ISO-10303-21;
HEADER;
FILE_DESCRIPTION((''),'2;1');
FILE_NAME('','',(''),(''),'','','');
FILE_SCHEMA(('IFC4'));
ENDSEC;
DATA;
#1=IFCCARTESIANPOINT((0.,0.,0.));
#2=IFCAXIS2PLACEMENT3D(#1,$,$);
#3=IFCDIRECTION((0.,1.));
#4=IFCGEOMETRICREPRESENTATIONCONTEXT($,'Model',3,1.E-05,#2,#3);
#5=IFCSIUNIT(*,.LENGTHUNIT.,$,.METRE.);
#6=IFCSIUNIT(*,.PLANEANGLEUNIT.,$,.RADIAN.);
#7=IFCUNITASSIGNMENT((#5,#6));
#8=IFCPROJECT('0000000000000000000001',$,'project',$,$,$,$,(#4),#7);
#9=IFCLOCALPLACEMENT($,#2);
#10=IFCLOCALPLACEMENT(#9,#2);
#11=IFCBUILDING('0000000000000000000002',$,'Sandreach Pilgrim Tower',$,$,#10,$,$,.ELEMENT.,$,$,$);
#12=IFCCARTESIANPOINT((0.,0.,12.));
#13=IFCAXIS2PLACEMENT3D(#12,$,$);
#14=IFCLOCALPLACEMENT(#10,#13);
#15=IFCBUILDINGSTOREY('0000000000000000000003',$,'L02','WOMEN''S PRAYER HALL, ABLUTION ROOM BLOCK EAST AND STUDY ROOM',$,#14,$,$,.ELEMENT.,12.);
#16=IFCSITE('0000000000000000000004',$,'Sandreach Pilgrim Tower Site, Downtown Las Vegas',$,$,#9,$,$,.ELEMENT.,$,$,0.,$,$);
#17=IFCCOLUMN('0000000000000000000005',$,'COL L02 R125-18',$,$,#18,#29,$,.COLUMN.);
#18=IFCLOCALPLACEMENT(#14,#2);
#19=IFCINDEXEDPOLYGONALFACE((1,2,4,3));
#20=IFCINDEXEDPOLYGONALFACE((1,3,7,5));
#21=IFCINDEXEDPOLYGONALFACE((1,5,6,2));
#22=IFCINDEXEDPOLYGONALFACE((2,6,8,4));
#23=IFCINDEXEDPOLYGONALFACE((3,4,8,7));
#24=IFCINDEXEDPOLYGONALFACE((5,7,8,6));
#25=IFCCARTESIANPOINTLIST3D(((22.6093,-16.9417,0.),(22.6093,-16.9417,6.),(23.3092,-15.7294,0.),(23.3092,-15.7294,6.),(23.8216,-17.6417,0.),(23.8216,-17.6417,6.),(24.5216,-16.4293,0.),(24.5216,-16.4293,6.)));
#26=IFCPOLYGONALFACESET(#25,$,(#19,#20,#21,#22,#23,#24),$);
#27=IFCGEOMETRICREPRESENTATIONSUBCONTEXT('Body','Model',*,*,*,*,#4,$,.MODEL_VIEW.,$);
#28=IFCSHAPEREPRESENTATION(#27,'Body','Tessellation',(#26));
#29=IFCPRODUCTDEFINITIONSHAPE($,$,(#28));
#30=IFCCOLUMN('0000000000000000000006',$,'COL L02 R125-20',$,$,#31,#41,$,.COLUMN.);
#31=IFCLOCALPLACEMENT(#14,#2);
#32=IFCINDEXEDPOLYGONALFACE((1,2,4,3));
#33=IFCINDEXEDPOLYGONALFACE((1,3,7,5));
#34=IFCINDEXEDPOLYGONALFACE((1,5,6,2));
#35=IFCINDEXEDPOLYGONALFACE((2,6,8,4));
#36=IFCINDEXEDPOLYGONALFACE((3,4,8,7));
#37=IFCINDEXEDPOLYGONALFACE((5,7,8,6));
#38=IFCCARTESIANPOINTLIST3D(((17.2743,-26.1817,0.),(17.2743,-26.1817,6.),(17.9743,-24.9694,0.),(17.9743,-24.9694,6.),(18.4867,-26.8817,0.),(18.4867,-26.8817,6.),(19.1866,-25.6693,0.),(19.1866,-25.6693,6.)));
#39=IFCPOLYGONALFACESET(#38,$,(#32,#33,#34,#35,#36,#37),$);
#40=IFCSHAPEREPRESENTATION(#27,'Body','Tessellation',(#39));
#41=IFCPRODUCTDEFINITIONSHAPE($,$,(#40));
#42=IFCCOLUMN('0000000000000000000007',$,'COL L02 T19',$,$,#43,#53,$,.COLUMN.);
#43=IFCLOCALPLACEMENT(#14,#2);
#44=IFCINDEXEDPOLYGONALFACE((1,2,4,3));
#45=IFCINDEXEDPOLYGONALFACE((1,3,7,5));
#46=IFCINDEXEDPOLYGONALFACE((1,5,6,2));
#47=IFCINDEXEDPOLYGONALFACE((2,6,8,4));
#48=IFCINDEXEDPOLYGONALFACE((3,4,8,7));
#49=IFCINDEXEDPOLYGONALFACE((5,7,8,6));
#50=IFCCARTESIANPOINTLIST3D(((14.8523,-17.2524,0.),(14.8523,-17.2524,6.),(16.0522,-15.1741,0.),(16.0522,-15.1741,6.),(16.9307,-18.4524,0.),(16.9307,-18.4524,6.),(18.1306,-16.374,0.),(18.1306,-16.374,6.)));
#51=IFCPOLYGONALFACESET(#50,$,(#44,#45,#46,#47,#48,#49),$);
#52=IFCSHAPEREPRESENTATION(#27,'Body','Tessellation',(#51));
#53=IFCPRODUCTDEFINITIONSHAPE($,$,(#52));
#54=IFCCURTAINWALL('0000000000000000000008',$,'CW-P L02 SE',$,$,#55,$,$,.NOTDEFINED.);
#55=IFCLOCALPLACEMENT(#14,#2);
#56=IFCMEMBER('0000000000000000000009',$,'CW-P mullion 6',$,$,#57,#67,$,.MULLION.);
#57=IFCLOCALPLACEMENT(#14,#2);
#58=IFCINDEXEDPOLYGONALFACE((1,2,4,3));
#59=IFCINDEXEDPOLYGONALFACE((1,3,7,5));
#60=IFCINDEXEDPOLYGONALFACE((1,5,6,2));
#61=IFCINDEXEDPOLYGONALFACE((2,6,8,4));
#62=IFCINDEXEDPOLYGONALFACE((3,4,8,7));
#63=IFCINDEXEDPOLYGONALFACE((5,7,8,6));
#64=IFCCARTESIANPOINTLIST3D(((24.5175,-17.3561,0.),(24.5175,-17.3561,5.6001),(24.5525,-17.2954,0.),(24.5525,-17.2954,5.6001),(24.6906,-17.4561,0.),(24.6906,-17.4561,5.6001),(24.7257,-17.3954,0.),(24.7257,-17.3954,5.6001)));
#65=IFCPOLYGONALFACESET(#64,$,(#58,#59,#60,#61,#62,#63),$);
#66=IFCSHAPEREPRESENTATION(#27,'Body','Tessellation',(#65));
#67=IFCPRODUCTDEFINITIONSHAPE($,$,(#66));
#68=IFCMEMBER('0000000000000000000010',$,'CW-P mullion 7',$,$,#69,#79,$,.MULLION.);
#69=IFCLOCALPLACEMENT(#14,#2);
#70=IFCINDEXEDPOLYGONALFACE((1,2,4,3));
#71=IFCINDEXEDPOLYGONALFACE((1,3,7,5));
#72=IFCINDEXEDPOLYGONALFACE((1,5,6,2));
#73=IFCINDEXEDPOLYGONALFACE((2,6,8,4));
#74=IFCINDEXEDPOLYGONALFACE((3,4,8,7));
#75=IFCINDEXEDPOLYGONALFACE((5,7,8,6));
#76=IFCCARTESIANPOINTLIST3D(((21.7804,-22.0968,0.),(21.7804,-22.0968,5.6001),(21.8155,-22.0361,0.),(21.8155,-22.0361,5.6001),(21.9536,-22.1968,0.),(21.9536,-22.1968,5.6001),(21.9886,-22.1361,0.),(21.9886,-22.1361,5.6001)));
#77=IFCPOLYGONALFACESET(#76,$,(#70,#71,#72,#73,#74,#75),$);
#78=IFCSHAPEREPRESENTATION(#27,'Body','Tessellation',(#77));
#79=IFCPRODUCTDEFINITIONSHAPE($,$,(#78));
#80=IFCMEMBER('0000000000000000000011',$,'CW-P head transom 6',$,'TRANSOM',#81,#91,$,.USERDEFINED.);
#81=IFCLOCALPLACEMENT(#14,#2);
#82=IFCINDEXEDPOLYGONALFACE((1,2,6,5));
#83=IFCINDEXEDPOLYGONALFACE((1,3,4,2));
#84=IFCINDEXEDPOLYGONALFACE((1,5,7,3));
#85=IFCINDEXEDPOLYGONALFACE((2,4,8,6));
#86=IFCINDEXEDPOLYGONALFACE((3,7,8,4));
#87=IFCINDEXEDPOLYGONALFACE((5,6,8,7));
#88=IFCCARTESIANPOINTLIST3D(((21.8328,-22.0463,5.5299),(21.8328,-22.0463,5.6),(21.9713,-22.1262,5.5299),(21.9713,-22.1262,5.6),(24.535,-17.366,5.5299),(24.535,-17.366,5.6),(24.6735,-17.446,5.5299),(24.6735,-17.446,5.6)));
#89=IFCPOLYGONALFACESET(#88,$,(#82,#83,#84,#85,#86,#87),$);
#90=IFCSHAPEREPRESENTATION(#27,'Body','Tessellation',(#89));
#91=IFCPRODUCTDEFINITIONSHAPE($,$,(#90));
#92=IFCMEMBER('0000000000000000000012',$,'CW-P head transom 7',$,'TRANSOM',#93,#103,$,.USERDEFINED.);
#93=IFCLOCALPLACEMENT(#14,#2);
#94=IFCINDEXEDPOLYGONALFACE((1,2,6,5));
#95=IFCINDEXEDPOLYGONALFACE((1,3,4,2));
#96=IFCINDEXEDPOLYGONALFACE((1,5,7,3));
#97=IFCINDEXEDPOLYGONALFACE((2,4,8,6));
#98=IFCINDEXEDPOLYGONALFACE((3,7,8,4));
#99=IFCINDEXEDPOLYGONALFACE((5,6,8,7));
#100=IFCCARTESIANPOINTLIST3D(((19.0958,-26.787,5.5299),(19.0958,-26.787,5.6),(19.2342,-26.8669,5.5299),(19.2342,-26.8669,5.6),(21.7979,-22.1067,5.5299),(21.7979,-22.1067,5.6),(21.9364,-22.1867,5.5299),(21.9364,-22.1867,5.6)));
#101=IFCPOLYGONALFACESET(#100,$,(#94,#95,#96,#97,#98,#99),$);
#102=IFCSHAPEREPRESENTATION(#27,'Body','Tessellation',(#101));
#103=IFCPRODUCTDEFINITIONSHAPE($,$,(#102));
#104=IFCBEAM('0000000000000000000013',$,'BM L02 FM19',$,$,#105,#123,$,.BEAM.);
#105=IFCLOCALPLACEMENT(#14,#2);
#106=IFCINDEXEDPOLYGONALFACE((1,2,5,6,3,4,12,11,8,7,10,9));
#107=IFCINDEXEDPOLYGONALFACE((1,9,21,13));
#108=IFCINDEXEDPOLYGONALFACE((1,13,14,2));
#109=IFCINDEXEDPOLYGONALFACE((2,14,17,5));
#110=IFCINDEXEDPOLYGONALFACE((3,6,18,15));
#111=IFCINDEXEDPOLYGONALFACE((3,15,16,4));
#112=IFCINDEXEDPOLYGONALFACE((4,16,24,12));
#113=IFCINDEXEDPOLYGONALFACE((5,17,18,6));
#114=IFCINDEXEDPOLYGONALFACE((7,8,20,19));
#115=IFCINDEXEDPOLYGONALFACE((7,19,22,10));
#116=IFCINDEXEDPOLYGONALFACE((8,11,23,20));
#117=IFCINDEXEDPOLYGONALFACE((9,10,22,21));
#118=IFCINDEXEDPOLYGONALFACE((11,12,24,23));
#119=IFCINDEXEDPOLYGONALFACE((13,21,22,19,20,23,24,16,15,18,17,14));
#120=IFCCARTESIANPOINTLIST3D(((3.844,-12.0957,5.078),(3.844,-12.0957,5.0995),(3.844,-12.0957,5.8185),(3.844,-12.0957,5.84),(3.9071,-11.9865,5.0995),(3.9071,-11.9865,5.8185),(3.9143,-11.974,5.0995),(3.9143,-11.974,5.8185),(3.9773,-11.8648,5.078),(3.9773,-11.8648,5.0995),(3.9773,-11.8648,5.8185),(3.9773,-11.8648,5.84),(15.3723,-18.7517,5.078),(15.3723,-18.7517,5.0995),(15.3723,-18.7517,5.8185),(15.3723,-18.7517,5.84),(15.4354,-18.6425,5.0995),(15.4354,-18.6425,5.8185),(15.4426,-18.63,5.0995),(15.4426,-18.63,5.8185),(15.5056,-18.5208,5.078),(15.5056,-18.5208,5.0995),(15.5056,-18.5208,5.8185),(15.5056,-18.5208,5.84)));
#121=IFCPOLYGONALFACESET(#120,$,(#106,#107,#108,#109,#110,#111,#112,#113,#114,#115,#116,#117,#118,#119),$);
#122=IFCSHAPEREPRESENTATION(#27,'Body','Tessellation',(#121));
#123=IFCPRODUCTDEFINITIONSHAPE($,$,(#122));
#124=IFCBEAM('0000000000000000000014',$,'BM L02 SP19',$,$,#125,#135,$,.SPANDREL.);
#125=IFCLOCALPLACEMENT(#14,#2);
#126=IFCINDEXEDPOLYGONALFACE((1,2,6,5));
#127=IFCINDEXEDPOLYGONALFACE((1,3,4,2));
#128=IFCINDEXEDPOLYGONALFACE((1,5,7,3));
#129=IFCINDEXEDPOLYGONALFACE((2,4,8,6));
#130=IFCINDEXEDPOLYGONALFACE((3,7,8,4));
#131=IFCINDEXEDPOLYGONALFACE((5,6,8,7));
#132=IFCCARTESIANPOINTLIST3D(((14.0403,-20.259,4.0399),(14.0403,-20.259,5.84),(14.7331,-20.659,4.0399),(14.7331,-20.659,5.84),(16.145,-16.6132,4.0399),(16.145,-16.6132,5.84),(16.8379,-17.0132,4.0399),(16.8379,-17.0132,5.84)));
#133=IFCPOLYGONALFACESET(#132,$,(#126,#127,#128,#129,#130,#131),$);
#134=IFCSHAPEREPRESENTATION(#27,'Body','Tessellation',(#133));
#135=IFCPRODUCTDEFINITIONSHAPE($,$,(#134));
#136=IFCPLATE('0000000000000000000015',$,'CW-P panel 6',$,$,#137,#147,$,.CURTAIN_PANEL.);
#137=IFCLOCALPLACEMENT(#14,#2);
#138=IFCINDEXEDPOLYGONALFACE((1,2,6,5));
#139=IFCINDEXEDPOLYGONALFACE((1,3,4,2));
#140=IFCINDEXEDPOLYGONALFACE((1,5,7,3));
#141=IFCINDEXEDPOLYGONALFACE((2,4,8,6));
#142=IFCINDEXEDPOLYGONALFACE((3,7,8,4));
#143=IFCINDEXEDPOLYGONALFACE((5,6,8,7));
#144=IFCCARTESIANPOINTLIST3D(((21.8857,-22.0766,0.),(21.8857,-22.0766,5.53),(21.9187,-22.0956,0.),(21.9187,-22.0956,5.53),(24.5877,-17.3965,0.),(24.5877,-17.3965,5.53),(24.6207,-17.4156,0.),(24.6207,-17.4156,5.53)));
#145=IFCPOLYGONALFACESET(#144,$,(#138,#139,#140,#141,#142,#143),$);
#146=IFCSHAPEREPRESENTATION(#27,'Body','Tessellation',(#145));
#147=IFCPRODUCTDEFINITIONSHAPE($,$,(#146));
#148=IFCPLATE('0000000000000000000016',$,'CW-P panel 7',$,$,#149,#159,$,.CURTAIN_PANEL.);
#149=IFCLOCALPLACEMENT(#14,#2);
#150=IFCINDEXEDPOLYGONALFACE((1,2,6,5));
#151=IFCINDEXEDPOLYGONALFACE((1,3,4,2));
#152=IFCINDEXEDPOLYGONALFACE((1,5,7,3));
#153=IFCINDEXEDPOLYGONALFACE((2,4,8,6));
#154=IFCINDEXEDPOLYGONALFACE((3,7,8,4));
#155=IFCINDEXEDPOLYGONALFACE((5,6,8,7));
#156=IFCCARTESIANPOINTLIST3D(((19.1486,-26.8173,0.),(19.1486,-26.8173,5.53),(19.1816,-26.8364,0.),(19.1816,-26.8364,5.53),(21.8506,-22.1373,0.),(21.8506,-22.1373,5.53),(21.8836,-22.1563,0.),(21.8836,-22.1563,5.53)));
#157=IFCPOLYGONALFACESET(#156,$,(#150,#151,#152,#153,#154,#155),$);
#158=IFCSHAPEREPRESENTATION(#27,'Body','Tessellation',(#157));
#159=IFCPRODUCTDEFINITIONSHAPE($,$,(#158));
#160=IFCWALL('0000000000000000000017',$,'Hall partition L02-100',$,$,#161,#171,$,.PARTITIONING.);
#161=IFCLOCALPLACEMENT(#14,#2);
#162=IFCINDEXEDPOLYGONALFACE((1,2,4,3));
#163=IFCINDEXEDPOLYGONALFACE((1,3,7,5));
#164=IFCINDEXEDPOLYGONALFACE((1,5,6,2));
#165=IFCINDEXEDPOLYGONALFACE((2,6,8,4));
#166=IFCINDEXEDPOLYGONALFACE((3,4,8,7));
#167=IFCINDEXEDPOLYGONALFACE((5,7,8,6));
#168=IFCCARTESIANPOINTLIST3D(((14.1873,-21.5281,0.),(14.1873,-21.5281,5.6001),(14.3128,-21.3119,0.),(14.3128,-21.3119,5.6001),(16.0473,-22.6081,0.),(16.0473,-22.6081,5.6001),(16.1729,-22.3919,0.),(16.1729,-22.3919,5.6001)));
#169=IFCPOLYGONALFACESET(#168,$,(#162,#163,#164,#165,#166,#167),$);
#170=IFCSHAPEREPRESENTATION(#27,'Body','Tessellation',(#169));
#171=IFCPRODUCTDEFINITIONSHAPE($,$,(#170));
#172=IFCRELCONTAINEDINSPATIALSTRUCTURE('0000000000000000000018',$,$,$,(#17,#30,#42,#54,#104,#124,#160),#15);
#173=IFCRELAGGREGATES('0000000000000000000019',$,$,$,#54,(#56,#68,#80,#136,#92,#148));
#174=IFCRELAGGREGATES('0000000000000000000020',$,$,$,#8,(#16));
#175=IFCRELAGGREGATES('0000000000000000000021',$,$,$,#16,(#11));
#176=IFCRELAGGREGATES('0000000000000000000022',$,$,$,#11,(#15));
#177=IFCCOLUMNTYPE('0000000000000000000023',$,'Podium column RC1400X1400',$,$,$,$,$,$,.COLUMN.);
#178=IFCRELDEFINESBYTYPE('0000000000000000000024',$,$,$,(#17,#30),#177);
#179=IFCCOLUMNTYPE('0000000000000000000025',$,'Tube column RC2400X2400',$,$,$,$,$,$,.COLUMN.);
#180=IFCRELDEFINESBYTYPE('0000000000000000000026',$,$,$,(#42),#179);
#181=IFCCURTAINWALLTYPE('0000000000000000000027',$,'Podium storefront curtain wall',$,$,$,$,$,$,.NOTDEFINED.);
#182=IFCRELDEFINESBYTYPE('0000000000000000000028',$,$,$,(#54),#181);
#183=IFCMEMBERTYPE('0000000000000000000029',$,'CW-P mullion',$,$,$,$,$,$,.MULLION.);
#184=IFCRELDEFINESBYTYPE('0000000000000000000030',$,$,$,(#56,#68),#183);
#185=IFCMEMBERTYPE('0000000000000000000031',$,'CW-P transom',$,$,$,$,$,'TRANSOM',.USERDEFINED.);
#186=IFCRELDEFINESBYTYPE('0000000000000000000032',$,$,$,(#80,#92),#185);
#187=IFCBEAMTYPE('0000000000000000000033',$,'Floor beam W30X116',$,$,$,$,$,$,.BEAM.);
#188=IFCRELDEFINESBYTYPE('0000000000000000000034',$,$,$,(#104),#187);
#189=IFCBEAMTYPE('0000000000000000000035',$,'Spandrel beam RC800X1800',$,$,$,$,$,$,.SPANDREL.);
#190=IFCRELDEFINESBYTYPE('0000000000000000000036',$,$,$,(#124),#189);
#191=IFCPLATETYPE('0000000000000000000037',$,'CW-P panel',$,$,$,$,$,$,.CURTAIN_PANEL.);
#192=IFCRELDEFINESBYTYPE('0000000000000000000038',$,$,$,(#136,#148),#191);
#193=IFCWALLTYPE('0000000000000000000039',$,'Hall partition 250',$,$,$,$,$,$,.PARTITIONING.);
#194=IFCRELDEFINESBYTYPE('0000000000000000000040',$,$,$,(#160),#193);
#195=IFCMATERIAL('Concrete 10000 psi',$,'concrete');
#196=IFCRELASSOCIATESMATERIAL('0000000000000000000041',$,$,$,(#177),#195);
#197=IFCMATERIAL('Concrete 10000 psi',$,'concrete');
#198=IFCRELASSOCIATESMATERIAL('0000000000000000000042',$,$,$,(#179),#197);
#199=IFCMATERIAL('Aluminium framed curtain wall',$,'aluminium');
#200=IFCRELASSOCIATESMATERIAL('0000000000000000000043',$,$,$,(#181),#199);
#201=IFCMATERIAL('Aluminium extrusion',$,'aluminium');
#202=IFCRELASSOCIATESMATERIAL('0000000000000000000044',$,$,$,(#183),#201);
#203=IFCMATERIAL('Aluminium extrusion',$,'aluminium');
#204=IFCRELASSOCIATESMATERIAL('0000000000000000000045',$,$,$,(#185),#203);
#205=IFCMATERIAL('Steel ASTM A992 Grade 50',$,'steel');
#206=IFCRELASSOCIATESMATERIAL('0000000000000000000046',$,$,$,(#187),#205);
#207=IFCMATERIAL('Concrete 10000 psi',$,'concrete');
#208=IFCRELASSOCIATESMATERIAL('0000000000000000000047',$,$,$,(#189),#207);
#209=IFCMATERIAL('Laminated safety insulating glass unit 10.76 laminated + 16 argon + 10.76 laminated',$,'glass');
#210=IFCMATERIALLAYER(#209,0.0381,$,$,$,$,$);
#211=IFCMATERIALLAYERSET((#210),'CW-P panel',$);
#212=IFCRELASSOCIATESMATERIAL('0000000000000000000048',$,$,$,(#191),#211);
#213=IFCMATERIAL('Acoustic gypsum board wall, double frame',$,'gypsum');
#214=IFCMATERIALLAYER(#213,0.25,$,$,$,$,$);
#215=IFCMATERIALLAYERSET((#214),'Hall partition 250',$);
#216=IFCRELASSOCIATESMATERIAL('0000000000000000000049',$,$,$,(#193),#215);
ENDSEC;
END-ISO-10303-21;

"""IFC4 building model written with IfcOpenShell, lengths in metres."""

from ifc_helpers import new_model, si_unit, direction, frame, frame_2d, origin, origin_2d, place, context, subcontext, project, spatial, rectangle, i_section, extrude, material, layer, layer_set, material_profile, profile_set, type_object, element, aggregate, save


model = new_model("IFC4")

# Units and contexts
model_context = context("Model", 3, precision=1e-05, world=origin(), true_north=direction((0.0, 1.0)))
body_context = subcontext(model_context, "Body", "Model", "MODEL_VIEW")
ifc_project = project(units=[si_unit("LENGTHUNIT", "METRE"), si_unit("PLANEANGLEUNIT", "RADIAN")], contexts=[model_context])

# Site, building, storey
site_placement = place(None, origin())
site = spatial("IfcSite", under=ifc_project, at=site_placement, Name="Sandreach Pilgrim Tower Site, Downtown Las Vegas", CompositionType="ELEMENT", RefElevation=0.0)
building_placement = place(site_placement, origin())
building = spatial("IfcBuilding", under=site, at=building_placement, Name="Sandreach Pilgrim Tower", CompositionType="ELEMENT")
storey_placement = place(building_placement, frame((0.0, 0.0, 12.0)))
storey = spatial("IfcBuildingStorey", under=building, at=storey_placement, Name="L02", Description="WOMEN'S PRAYER HALL, ABLUTION ROOM BLOCK EAST AND STUDY ROOM", CompositionType="ELEMENT", Elevation=12.0)

# Columns
ifc_material_1 = material(Name="Concrete 10000 psi", Category="concrete")
ifc_material_profile_1 = material_profile(ifc_material_1, rectangle(XDim=1.3999, YDim=1.3999, at=origin_2d()), Name="RC1400X1400")
ifc_profile_set_1 = profile_set([ifc_material_profile_1], Name="Concrete 10000 psi")
column_type_1 = type_object("IfcColumnType", Name="Podium column RC1400X1400", PredefinedType="COLUMN", material=ifc_profile_set_1)
for number, where, z_axis, x_axis, name in (
    (1, (23.5654, -16.6855, 0.0), (0.0, 0.0, 1.0), (0.866025, -0.5, 0.0), "COL L02 R125-18"),
    (2, (18.2305, -25.9255, 0.0), (0.0, 0.0, 1.0), (0.866025, -0.5, 0.0), "COL L02 R125-20"),
):
    element("IfcColumn", number, at=place(storey_placement, frame(where, z_axis=z_axis, x_axis=x_axis)), inside=storey, type_object=column_type_1, Name=name, PredefinedType="COLUMN", context=body_context, shape_type="SweptSolid", body=[
        extrude(rectangle(XDim=1.3999, YDim=1.3999, at=origin_2d()), origin(), (0.0, 0.0, 1.0), 6.0),
    ])
ifc_material_2 = material(Name="Concrete 10000 psi", Category="concrete")
ifc_material_profile_2 = material_profile(ifc_material_2, rectangle(XDim=2.3999, YDim=2.3999, at=origin_2d()), Name="RC2400X2400")
ifc_profile_set_2 = profile_set([ifc_material_profile_2], Name="Concrete 10000 psi")
column_type_2 = type_object("IfcColumnType", Name="Tube column RC2400X2400", PredefinedType="COLUMN", material=ifc_profile_set_2)
column_placement = place(storey_placement, frame((16.4915, -16.8132, 0.0), z_axis=(0.0, 0.0, 1.0), x_axis=(0.866025, -0.5, 0.0)))
element("IfcColumn", 3, at=column_placement, inside=storey, type_object=column_type_2, Name="COL L02 T19", PredefinedType="COLUMN", context=body_context, shape_type="SweptSolid", body=[
    extrude(rectangle(XDim=2.3999, YDim=2.3999, at=origin_2d()), origin(), (0.0, 0.0, 1.0), 6.0),
])

# Curtain wall, members
ifc_material_3 = material(Name="Aluminium framed curtain wall", Category="aluminium")
curtain_wall_type = type_object("IfcCurtainWallType", Name="Podium storefront curtain wall", PredefinedType="NOTDEFINED", material=ifc_material_3)
curtain_wall_placement = place(storey_placement, origin())
curtain_wall = element("IfcCurtainWall", 4, at=curtain_wall_placement, inside=storey, type_object=curtain_wall_type, Name="CW-P L02 SE", PredefinedType="NOTDEFINED")
ifc_material_4 = material(Name="Aluminium extrusion", Category="aluminium")
ifc_material_profile_3 = material_profile(ifc_material_4, rectangle(XDim=0.0701, YDim=0.2, at=origin_2d()), Name="CW-PM 70X200")
ifc_profile_set_3 = profile_set([ifc_material_profile_3], Name="Aluminium extrusion")
member_type_1 = type_object("IfcMemberType", Name="CW-P mullion", PredefinedType="MULLION", material=ifc_profile_set_3)
member_1_placement = place(storey_placement, frame((24.6216, -17.3757, 0.0), z_axis=(0.0, 0.0, 1.0), x_axis=(-0.5, -0.866025, 0.0)))
member_1 = element("IfcMember", 5, at=member_1_placement, type_object=member_type_1, Name="CW-P mullion 6", PredefinedType="MULLION", context=body_context, shape_type="SweptSolid", body=[
    extrude(rectangle(XDim=0.0701, YDim=0.2, at=origin_2d()), origin(), (0.0, 0.0, 1.0), 5.6001),
])
member_2_placement = place(storey_placement, frame((21.8845, -22.1165, 0.0), z_axis=(0.0, 0.0, 1.0), x_axis=(-0.5, -0.866025, 0.0)))
member_2 = element("IfcMember", 6, at=member_2_placement, type_object=member_type_1, Name="CW-P mullion 7", PredefinedType="MULLION", context=body_context, shape_type="SweptSolid", body=[
    extrude(rectangle(XDim=0.0701, YDim=0.2, at=origin_2d()), origin(), (0.0, 0.0, 1.0), 5.6001),
])
ifc_material_5 = material(Name="Aluminium extrusion", Category="aluminium")
ifc_material_profile_4 = material_profile(ifc_material_5, rectangle(XDim=0.1599, YDim=0.0701, at=origin_2d()), Name="CW-PT 160X70")
ifc_profile_set_4 = profile_set([ifc_material_profile_4], Name="Aluminium extrusion")
member_type_2 = type_object("IfcMemberType", Name="CW-P transom", ElementType="TRANSOM", PredefinedType="USERDEFINED", material=ifc_profile_set_4)
member_3_placement = place(storey_placement, frame((24.6042, -17.406, 5.5649), z_axis=(-0.500007, -0.866022, 0.0), x_axis=(0.866022, -0.500007, 0.0)))
member_3 = element("IfcMember", 7, at=member_3_placement, type_object=member_type_2, Name="CW-P head transom 6", ObjectType="TRANSOM", PredefinedType="USERDEFINED", context=body_context, shape_type="SweptSolid", body=[
    extrude(rectangle(XDim=0.1599, YDim=0.0701, at=origin_2d()), origin(), (0.0, 0.0, 1.0), 5.4043),
])
member_4_placement = place(storey_placement, frame((21.8672, -22.1467, 5.5649), z_axis=(-0.500007, -0.866022, 0.0), x_axis=(0.866022, -0.500007, 0.0)))
member_4 = element("IfcMember", 8, at=member_4_placement, type_object=member_type_2, Name="CW-P head transom 7", ObjectType="TRANSOM", PredefinedType="USERDEFINED", context=body_context, shape_type="SweptSolid", body=[
    extrude(rectangle(XDim=0.1599, YDim=0.0701, at=origin_2d()), origin(), (0.0, 0.0, 1.0), 5.4043),
])

# Beams
ifc_material_6 = material(Name="Steel ASTM A992 Grade 50", Category="steel")
ifc_material_profile_5 = material_profile(ifc_material_6, i_section(OverallWidth=0.2666, OverallDepth=0.762, WebThickness=0.0144, FlangeThickness=0.0215, at=origin_2d()), Name="W30X116")
ifc_profile_set_5 = profile_set([ifc_material_profile_5], Name="Steel ASTM A992 Grade 50")
beam_type_1 = type_object("IfcBeamType", Name="Floor beam W30X116", PredefinedType="BEAM", material=ifc_profile_set_5)
beam_1_placement = place(storey_placement, frame((15.439, -18.6362, 5.459), z_axis=(-0.866021, 0.500007, 0.0), x_axis=(-0.500007, -0.866021, 0.0)))
element("IfcBeam", 9, at=beam_1_placement, inside=storey, type_object=beam_type_1, Name="BM L02 FM19", PredefinedType="BEAM", context=body_context, shape_type="SweptSolid", body=[
    extrude(i_section(OverallWidth=0.2666, OverallDepth=0.762, WebThickness=0.0144, FlangeThickness=0.0215, at=origin_2d()), origin(), (0.0, 0.0, 1.0), 13.3118),
])
ifc_material_7 = material(Name="Concrete 10000 psi", Category="concrete")
ifc_material_profile_6 = material_profile(ifc_material_7, rectangle(XDim=0.8, YDim=1.8, at=origin_2d()), Name="RC800X1800")
ifc_profile_set_6 = profile_set([ifc_material_profile_6], Name="Concrete 10000 psi")
beam_type_2 = type_object("IfcBeamType", Name="Spandrel beam RC800X1800", PredefinedType="SPANDREL", material=ifc_profile_set_6)
beam_2_placement = place(storey_placement, frame((16.4915, -16.8132, 4.9399), z_axis=(-0.499975, -0.86604, 0.0), x_axis=(0.86604, -0.499975, 0.0)))
element("IfcBeam", 10, at=beam_2_placement, inside=storey, type_object=beam_type_2, Name="BM L02 SP19", PredefinedType="SPANDREL", context=body_context, shape_type="SweptSolid", body=[
    extrude(rectangle(XDim=0.8, YDim=1.8, at=origin_2d()), origin(), (0.0, 0.0, 1.0), 4.2097),
])

# Plates
ifc_material_8 = material(Name="Laminated safety insulating glass unit 10.76 laminated + 16 argon + 10.76 laminated", Category="glass")
ifc_layer_1 = layer(ifc_material_8, 0.0381)
ifc_layer_set_1 = layer_set([ifc_layer_1], Name="CW-P panel")
plate_type = type_object("IfcPlateType", Name="CW-P panel", PredefinedType="CURTAIN_PANEL", material=ifc_layer_set_1)
plate_1_placement = place(storey_placement, frame((23.2532, -19.7461, 0.0), z_axis=(0.0, 0.0, 1.0), x_axis=(-0.5, -0.866025, 0.0)))
plate_1 = element("IfcPlate", 11, at=plate_1_placement, type_object=plate_type, Name="CW-P panel 6", PredefinedType="CURTAIN_PANEL", context=body_context, shape_type="SweptSolid", body=[
    extrude(rectangle(XDim=5.4041, YDim=0.0381, at=origin_2d()), origin(), (0.0, 0.0, 1.0), 5.53),
])
plate_2_placement = place(storey_placement, frame((20.5161, -24.4868, 0.0), z_axis=(0.0, 0.0, 1.0), x_axis=(-0.5, -0.866025, 0.0)))
plate_2 = element("IfcPlate", 12, at=plate_2_placement, type_object=plate_type, Name="CW-P panel 7", PredefinedType="CURTAIN_PANEL", context=body_context, shape_type="SweptSolid", body=[
    extrude(rectangle(XDim=5.4041, YDim=0.0381, at=origin_2d()), origin(), (0.0, 0.0, 1.0), 5.53),
])
aggregate(curtain_wall, [member_1, member_2, member_3, plate_1, member_4, plate_2])

# Wall
ifc_material_9 = material(Name="Acoustic gypsum board wall, double frame", Category="gypsum")
ifc_layer_2 = layer(ifc_material_9, 0.25)
ifc_layer_set_2 = layer_set([ifc_layer_2], Name="Hall partition 250")
wall_type_1 = type_object("IfcWallType", Name="Hall partition 250", PredefinedType="PARTITIONING", material=ifc_layer_set_2)
wall_1_placement = place(storey_placement, frame((16.1101, -22.5, 0.0), z_axis=(0.0, 0.0, 1.0), x_axis=(-0.864786, 0.502141, 0.0)))
element("IfcWall", 13, at=wall_1_placement, inside=storey, type_object=wall_type_1, Name="Hall partition L02-100", PredefinedType="PARTITIONING", context=body_context, shape_type="SweptSolid", body=[
    extrude(rectangle(XDim=2.1509, YDim=0.25, at=frame_2d((1.0754, 0.0))), origin(), (0.0, 0.0, 1.0), 5.6001),
])

save(model, "model.ifc")
